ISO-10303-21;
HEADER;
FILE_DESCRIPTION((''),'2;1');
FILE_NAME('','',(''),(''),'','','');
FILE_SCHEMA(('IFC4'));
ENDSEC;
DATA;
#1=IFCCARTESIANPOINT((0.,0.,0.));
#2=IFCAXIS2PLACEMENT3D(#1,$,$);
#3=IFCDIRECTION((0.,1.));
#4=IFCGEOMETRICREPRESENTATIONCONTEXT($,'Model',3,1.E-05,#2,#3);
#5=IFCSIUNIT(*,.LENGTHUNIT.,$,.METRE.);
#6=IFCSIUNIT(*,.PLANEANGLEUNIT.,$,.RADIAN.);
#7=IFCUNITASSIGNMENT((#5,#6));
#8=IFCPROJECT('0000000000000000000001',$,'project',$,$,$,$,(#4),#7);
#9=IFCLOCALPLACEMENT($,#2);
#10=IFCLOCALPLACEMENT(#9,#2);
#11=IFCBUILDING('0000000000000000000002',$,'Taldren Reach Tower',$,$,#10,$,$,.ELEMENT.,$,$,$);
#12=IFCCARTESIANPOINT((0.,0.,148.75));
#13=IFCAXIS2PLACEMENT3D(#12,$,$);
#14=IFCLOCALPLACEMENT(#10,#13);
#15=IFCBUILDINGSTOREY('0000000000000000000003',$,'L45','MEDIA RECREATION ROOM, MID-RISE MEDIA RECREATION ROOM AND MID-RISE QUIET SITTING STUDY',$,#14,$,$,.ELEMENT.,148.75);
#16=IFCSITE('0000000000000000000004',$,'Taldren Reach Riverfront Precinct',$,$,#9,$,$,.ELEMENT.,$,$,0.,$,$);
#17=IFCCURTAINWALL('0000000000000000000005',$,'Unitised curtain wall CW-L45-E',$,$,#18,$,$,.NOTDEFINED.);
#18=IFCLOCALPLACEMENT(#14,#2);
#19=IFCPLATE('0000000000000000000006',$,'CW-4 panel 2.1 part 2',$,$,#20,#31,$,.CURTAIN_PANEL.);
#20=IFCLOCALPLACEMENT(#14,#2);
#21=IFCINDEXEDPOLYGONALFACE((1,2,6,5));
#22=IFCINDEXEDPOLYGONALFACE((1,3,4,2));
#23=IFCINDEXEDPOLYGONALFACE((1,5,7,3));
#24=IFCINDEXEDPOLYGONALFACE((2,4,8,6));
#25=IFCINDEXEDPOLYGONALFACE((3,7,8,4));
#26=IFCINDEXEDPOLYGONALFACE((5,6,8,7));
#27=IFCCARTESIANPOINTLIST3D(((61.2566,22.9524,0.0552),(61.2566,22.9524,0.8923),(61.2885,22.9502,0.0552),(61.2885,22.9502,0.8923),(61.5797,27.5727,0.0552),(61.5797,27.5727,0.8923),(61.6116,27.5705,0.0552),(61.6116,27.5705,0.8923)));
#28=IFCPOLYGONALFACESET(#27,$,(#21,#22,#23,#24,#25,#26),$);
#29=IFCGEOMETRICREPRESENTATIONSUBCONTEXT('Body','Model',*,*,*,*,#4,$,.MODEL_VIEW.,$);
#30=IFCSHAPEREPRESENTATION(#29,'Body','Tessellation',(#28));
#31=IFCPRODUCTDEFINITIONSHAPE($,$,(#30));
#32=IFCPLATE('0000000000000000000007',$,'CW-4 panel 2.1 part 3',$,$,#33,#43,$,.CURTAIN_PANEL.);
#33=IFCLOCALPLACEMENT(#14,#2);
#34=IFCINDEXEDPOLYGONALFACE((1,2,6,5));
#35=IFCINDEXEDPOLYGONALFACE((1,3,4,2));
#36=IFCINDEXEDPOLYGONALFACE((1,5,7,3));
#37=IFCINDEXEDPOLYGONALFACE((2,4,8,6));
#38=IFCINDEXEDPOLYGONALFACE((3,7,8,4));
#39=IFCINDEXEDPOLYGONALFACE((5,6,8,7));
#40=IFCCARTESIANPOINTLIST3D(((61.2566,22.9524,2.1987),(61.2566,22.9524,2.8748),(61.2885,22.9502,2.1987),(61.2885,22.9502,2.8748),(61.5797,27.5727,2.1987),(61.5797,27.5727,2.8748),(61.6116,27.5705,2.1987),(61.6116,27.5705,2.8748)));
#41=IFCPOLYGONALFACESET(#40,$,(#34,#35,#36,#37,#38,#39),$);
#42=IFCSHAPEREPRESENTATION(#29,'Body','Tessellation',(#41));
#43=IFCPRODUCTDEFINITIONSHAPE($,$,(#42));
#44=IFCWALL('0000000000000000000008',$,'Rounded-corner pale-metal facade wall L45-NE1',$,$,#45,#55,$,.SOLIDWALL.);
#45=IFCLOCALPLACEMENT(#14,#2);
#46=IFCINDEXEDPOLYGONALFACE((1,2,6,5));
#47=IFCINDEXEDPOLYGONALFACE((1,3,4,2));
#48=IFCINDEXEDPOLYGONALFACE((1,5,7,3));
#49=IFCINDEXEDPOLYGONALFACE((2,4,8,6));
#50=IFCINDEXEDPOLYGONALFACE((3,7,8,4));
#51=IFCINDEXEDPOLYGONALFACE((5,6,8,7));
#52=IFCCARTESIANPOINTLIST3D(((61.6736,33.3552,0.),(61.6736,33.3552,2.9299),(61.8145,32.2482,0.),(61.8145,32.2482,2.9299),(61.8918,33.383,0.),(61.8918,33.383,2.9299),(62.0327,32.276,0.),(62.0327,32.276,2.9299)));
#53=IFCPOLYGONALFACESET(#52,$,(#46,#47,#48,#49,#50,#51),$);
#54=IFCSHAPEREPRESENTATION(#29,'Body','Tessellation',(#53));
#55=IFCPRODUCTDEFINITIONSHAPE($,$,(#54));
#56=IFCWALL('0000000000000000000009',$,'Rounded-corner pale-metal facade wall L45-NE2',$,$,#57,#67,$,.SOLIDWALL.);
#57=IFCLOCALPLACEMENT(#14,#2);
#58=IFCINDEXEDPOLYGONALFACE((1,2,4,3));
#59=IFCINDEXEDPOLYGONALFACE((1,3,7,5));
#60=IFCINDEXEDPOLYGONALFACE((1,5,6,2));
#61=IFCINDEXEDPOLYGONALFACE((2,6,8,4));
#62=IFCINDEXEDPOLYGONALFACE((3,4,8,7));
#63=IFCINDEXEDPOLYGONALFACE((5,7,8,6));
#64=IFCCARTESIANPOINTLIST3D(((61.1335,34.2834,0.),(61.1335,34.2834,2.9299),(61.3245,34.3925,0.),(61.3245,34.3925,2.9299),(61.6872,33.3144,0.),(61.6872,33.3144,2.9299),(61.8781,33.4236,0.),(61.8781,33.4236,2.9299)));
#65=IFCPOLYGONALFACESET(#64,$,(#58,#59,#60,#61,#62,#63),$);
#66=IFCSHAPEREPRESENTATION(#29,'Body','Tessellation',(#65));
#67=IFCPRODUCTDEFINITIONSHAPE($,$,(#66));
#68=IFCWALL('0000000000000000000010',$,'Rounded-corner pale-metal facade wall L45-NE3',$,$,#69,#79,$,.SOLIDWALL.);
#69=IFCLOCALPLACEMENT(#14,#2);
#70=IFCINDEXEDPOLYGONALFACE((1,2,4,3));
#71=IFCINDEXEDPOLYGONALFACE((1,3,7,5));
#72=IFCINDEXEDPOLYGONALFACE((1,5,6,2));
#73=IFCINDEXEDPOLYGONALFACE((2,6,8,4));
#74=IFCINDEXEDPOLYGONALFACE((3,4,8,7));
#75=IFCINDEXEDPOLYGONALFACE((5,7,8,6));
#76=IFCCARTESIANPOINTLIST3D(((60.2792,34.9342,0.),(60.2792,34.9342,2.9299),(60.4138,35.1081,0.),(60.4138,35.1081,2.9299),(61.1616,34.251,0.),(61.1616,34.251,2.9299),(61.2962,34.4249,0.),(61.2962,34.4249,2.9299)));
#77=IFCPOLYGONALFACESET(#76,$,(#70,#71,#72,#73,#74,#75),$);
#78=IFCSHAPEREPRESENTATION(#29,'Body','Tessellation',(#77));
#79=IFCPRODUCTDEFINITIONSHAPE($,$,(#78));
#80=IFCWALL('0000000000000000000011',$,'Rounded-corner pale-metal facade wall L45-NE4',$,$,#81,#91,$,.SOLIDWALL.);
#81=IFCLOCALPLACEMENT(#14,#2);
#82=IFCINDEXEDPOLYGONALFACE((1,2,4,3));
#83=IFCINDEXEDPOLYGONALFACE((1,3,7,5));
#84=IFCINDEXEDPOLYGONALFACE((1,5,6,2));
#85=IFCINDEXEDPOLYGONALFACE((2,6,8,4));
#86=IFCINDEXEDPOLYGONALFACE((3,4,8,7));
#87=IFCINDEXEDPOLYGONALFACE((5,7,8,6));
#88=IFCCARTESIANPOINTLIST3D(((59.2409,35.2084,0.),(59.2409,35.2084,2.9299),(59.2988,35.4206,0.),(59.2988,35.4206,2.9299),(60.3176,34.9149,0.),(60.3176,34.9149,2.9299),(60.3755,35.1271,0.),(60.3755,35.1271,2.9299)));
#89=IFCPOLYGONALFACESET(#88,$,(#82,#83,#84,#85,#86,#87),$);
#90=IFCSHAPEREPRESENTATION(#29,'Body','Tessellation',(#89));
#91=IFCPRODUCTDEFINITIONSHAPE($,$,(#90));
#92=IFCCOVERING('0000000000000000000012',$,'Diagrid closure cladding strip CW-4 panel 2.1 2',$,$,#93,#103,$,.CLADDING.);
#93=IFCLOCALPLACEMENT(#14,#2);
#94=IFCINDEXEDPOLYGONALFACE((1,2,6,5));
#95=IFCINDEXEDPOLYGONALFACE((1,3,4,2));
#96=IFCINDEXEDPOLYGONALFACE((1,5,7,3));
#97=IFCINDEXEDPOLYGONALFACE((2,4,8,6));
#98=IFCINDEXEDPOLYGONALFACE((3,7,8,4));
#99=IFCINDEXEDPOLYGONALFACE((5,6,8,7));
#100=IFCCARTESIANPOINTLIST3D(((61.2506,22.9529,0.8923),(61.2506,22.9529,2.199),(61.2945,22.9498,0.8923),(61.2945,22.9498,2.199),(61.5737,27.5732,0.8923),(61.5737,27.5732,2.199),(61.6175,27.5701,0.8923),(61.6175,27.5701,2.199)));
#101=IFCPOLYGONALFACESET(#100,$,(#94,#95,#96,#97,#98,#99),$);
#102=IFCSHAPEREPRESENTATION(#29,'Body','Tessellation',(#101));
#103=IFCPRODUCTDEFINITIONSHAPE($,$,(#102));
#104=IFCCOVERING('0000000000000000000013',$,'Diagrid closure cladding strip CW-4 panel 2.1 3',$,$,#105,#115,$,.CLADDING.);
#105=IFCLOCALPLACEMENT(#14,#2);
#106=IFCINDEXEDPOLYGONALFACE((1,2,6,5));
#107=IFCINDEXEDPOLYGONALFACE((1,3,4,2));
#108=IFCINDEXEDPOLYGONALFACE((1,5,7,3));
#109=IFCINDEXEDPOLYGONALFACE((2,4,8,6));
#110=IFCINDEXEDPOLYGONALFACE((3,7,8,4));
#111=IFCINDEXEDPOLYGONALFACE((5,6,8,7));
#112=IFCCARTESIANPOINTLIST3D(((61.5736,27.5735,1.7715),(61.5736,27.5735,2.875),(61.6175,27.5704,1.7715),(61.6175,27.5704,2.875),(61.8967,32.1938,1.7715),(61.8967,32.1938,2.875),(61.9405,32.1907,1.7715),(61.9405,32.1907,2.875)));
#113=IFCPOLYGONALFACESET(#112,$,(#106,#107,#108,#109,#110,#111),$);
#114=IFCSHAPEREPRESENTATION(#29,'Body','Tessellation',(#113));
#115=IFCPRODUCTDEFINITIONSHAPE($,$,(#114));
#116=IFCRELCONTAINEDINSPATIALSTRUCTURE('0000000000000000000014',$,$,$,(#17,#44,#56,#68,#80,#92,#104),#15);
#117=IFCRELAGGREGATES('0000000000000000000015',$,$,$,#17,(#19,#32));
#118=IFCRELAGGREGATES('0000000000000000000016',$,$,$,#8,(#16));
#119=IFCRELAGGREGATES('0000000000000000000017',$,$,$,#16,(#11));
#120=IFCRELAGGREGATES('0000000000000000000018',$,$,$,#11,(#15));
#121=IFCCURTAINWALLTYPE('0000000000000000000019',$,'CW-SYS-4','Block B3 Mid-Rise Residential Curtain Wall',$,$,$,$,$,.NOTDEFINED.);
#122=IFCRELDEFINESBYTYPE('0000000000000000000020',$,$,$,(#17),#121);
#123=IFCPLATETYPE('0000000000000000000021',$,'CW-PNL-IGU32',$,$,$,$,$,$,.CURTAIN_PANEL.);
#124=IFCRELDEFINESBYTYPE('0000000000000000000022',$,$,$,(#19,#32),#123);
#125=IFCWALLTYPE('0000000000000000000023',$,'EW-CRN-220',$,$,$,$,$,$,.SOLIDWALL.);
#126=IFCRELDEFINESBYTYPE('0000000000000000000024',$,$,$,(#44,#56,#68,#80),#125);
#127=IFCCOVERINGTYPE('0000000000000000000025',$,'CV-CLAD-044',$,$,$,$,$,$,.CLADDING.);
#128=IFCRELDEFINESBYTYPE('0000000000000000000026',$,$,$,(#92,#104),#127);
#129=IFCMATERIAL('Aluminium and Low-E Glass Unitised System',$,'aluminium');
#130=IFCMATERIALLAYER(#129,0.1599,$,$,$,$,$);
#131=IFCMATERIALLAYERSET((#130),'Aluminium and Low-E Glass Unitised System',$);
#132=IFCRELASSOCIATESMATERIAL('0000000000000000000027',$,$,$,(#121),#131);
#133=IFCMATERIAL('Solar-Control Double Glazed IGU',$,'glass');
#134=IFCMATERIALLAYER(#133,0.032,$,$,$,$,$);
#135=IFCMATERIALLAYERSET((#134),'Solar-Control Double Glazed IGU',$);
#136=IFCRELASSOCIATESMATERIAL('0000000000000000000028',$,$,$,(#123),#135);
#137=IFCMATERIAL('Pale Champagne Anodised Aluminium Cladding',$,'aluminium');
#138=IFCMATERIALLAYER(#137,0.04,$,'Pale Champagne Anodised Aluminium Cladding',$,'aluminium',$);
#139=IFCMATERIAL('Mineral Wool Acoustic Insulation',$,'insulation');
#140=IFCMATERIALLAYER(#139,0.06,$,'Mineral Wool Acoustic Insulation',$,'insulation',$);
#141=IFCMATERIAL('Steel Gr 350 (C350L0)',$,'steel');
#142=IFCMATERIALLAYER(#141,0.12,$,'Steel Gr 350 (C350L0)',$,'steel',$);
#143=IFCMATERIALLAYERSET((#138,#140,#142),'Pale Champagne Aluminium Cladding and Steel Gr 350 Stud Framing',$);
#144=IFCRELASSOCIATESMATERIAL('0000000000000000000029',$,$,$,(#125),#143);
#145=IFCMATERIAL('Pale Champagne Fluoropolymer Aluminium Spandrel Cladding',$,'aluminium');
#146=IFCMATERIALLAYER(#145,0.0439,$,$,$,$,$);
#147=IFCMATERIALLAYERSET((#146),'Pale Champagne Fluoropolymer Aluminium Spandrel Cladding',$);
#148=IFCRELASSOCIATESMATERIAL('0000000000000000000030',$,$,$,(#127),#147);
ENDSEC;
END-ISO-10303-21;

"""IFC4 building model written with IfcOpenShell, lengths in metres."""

from ifc_helpers import new_model, si_unit, direction, frame, frame_2d, origin, origin_2d, place, context, subcontext, project, spatial, rectangle, extrude, source, transform, mapped, material, layer, layer_set, type_object, element, aggregate, save


model = new_model("IFC4")

# Units and contexts
model_context = context("Model", 3, precision=1e-05, world=origin(), true_north=direction((0.0, 1.0)))
body_context = subcontext(model_context, "Body", "Model", "MODEL_VIEW")
ifc_project = project(units=[si_unit("LENGTHUNIT", "METRE"), si_unit("PLANEANGLEUNIT", "RADIAN")], contexts=[model_context])

# Site, building, storey
site_placement = place(None, origin())
site = spatial("IfcSite", under=ifc_project, at=site_placement, Name="Taldren Reach Riverfront Precinct", CompositionType="ELEMENT", RefElevation=0.0)
building_placement = place(site_placement, origin())
building = spatial("IfcBuilding", under=site, at=building_placement, Name="Taldren Reach Tower", CompositionType="ELEMENT")
storey_placement = place(building_placement, frame((0.0, 0.0, 148.75)))
storey = spatial("IfcBuildingStorey", under=building, at=storey_placement, Name="L45", Description="MEDIA RECREATION ROOM, MID-RISE MEDIA RECREATION ROOM AND MID-RISE QUIET SITTING STUDY", CompositionType="ELEMENT", Elevation=148.75)

# Shared definitions
ifc_material_1 = material(Name="Steel Gr 350 (C350L0)", Category="steel")

# Shared definitions
ifc_material_2 = material(Name="Aluminium and Low-E Glass Unitised System", Category="aluminium")
ifc_layer_1 = layer(ifc_material_2, 0.1599)
ifc_layer_set_1 = layer_set([ifc_layer_1], Name="Aluminium and Low-E Glass Unitised System")
curtain_wall_type = type_object("IfcCurtainWallType", Name="CW-SYS-4", Description="Block B3 Mid-Rise Residential Curtain Wall", PredefinedType="NOTDEFINED", material=ifc_layer_set_1)

# Curtain wall
curtain_wall_1_placement = place(storey_placement, origin())
curtain_wall_1 = element("IfcCurtainWall", 1, at=curtain_wall_1_placement, inside=storey, type_object=curtain_wall_type, Name="Unitised curtain wall CW-L45-E", PredefinedType="NOTDEFINED")

# Plates
ifc_material_3 = material(Name="Solar-Control Double Glazed IGU", Category="glass")
ifc_layer_2 = layer(ifc_material_3, 0.032)
ifc_layer_set_2 = layer_set([ifc_layer_2], Name="Solar-Control Double Glazed IGU")
plate_type_1 = type_object("IfcPlateType", Name="CW-PNL-IGU32", PredefinedType="CURTAIN_PANEL", material=ifc_layer_set_2)
shared_shape_1 = source(origin(), body_context, "Body", "SweptSolid", [
    extrude(rectangle(XDim=4.6316, YDim=0.032, at=origin_2d()), origin(), (0.0, 0.0, 1.0), 0.8372),
])
plate_1_placement = place(storey_placement, frame((61.4341, 25.2615, 0.0552), z_axis=(0.0, 0.0, 1.0), x_axis=(0.069756, 0.997564, 0.0)))
plate_1 = element("IfcPlate", 2, at=plate_1_placement, type_object=plate_type_1, Name="CW-4 panel 2.1 part 2", PredefinedType="CURTAIN_PANEL", context=body_context, shape_type="MappedRepresentation", body=[
    mapped(shared_shape_1, transform((0.0, 0.0, 0.0), scale=1.0)),
])
shared_shape_2 = source(origin(), body_context, "Body", "SweptSolid", [
    extrude(rectangle(XDim=4.6316, YDim=0.032, at=origin_2d()), origin(), (0.0, 0.0, 1.0), 0.676),
])
plate_2_placement = place(storey_placement, frame((61.4341, 25.2615, 2.1987), z_axis=(0.0, 0.0, 1.0), x_axis=(0.069756, 0.997564, 0.0)))
plate_2 = element("IfcPlate", 3, at=plate_2_placement, type_object=plate_type_1, Name="CW-4 panel 2.1 part 3", PredefinedType="CURTAIN_PANEL", context=body_context, shape_type="MappedRepresentation", body=[
    mapped(shared_shape_2, transform((0.0, 0.0, 0.0), scale=1.0)),
])
aggregate(curtain_wall_1, [plate_1, plate_2])

# Walls
ifc_material_4 = material(Name="Pale Champagne Anodised Aluminium Cladding", Category="aluminium")
ifc_layer_3 = layer(ifc_material_4, 0.04, Name="Pale Champagne Anodised Aluminium Cladding", Category="aluminium")
ifc_material_5 = material(Name="Mineral Wool Acoustic Insulation", Category="insulation")
ifc_layer_4 = layer(ifc_material_5, 0.06, Name="Mineral Wool Acoustic Insulation", Category="insulation")
ifc_layer_5 = layer(ifc_material_1, 0.12, Name="Steel Gr 350 (C350L0)", Category="steel")
ifc_layer_set_3 = layer_set([ifc_layer_3, ifc_layer_4, ifc_layer_5], Name="Pale Champagne Aluminium Cladding and Steel Gr 350 Stud Framing")
wall_type = type_object("IfcWallType", Name="EW-CRN-220", PredefinedType="SOLIDWALL", material=ifc_layer_set_3)
shared_shape_3 = source(origin(), body_context, "Body", "SweptSolid", [
    extrude(rectangle(XDim=1.116, YDim=0.22, at=frame_2d((0.5581, 0.0))), origin(), (0.0, 0.0, 1.0), 2.9299),
])
for number, where, z_axis, x_axis, name in (
    (4, (61.9236, 32.262, 0.0), (0.0, 0.0, 1.0), (-0.126243, 0.991999, 0.0), "Rounded-corner pale-metal facade wall L45-NE1"),
    (5, (61.7827, 33.3689, 0.0), (0.0, 0.0, 1.0), (-0.496139, 0.868243, 0.0), "Rounded-corner pale-metal facade wall L45-NE2"),
    (6, (61.229, 34.3379, 0.0), (0.0, 0.0, 1.0), (-0.790717, 0.612182, 0.0), "Rounded-corner pale-metal facade wall L45-NE3"),
    (7, (60.3467, 35.021, 0.0), (0.0, 0.0, 1.0), (-0.964804, 0.262969, 0.0), "Rounded-corner pale-metal facade wall L45-NE4"),
):
    element("IfcWall", number, at=place(storey_placement, frame(where, z_axis=z_axis, x_axis=x_axis)), inside=storey, type_object=wall_type, Name=name, PredefinedType="SOLIDWALL", context=body_context, shape_type="MappedRepresentation", body=[
        mapped(shared_shape_3, transform((0.0, 0.0, 0.0), scale=1.0)),
    ])

# Coverings
ifc_material_6 = material(Name="Pale Champagne Fluoropolymer Aluminium Spandrel Cladding", Category="aluminium")
ifc_layer_6 = layer(ifc_material_6, 0.0439)
ifc_layer_set_4 = layer_set([ifc_layer_6], Name="Pale Champagne Fluoropolymer Aluminium Spandrel Cladding")
covering_type = type_object("IfcCoveringType", Name="CV-CLAD-044", PredefinedType="CLADDING", material=ifc_layer_set_4)
shared_shape_4 = source(origin(), body_context, "Body", "SweptSolid", [
    extrude(rectangle(XDim=4.6316, YDim=0.0439, at=origin_2d()), origin(), (0.0, 0.0, 1.0), 1.3066),
])
covering_1_placement = place(storey_placement, frame((61.4341, 25.2615, 0.8923), z_axis=(0.0, 0.0, 1.0), x_axis=(0.069756, 0.997564, 0.0)))
element("IfcCovering", 8, at=covering_1_placement, inside=storey, type_object=covering_type, Name="Diagrid closure cladding strip CW-4 panel 2.1 2", PredefinedType="CLADDING", context=body_context, shape_type="MappedRepresentation", body=[
    mapped(shared_shape_4, transform((0.0, 0.0, 0.0), scale=1.0)),
])
shared_shape_5 = source(origin(), body_context, "Body", "SweptSolid", [
    extrude(rectangle(XDim=4.6316, YDim=0.0439, at=origin_2d()), origin(), (0.0, 0.0, 1.0), 1.1035),
])
covering_2_placement = place(storey_placement, frame((61.7571, 29.8821, 1.7715), z_axis=(0.0, 0.0, 1.0), x_axis=(0.069756, 0.997564, 0.0)))
element("IfcCovering", 9, at=covering_2_placement, inside=storey, type_object=covering_type, Name="Diagrid closure cladding strip CW-4 panel 2.1 3", PredefinedType="CLADDING", context=body_context, shape_type="MappedRepresentation", body=[
    mapped(shared_shape_5, transform((0.0, 0.0, 0.0), scale=1.0)),
])

save(model, "model.ifc")
